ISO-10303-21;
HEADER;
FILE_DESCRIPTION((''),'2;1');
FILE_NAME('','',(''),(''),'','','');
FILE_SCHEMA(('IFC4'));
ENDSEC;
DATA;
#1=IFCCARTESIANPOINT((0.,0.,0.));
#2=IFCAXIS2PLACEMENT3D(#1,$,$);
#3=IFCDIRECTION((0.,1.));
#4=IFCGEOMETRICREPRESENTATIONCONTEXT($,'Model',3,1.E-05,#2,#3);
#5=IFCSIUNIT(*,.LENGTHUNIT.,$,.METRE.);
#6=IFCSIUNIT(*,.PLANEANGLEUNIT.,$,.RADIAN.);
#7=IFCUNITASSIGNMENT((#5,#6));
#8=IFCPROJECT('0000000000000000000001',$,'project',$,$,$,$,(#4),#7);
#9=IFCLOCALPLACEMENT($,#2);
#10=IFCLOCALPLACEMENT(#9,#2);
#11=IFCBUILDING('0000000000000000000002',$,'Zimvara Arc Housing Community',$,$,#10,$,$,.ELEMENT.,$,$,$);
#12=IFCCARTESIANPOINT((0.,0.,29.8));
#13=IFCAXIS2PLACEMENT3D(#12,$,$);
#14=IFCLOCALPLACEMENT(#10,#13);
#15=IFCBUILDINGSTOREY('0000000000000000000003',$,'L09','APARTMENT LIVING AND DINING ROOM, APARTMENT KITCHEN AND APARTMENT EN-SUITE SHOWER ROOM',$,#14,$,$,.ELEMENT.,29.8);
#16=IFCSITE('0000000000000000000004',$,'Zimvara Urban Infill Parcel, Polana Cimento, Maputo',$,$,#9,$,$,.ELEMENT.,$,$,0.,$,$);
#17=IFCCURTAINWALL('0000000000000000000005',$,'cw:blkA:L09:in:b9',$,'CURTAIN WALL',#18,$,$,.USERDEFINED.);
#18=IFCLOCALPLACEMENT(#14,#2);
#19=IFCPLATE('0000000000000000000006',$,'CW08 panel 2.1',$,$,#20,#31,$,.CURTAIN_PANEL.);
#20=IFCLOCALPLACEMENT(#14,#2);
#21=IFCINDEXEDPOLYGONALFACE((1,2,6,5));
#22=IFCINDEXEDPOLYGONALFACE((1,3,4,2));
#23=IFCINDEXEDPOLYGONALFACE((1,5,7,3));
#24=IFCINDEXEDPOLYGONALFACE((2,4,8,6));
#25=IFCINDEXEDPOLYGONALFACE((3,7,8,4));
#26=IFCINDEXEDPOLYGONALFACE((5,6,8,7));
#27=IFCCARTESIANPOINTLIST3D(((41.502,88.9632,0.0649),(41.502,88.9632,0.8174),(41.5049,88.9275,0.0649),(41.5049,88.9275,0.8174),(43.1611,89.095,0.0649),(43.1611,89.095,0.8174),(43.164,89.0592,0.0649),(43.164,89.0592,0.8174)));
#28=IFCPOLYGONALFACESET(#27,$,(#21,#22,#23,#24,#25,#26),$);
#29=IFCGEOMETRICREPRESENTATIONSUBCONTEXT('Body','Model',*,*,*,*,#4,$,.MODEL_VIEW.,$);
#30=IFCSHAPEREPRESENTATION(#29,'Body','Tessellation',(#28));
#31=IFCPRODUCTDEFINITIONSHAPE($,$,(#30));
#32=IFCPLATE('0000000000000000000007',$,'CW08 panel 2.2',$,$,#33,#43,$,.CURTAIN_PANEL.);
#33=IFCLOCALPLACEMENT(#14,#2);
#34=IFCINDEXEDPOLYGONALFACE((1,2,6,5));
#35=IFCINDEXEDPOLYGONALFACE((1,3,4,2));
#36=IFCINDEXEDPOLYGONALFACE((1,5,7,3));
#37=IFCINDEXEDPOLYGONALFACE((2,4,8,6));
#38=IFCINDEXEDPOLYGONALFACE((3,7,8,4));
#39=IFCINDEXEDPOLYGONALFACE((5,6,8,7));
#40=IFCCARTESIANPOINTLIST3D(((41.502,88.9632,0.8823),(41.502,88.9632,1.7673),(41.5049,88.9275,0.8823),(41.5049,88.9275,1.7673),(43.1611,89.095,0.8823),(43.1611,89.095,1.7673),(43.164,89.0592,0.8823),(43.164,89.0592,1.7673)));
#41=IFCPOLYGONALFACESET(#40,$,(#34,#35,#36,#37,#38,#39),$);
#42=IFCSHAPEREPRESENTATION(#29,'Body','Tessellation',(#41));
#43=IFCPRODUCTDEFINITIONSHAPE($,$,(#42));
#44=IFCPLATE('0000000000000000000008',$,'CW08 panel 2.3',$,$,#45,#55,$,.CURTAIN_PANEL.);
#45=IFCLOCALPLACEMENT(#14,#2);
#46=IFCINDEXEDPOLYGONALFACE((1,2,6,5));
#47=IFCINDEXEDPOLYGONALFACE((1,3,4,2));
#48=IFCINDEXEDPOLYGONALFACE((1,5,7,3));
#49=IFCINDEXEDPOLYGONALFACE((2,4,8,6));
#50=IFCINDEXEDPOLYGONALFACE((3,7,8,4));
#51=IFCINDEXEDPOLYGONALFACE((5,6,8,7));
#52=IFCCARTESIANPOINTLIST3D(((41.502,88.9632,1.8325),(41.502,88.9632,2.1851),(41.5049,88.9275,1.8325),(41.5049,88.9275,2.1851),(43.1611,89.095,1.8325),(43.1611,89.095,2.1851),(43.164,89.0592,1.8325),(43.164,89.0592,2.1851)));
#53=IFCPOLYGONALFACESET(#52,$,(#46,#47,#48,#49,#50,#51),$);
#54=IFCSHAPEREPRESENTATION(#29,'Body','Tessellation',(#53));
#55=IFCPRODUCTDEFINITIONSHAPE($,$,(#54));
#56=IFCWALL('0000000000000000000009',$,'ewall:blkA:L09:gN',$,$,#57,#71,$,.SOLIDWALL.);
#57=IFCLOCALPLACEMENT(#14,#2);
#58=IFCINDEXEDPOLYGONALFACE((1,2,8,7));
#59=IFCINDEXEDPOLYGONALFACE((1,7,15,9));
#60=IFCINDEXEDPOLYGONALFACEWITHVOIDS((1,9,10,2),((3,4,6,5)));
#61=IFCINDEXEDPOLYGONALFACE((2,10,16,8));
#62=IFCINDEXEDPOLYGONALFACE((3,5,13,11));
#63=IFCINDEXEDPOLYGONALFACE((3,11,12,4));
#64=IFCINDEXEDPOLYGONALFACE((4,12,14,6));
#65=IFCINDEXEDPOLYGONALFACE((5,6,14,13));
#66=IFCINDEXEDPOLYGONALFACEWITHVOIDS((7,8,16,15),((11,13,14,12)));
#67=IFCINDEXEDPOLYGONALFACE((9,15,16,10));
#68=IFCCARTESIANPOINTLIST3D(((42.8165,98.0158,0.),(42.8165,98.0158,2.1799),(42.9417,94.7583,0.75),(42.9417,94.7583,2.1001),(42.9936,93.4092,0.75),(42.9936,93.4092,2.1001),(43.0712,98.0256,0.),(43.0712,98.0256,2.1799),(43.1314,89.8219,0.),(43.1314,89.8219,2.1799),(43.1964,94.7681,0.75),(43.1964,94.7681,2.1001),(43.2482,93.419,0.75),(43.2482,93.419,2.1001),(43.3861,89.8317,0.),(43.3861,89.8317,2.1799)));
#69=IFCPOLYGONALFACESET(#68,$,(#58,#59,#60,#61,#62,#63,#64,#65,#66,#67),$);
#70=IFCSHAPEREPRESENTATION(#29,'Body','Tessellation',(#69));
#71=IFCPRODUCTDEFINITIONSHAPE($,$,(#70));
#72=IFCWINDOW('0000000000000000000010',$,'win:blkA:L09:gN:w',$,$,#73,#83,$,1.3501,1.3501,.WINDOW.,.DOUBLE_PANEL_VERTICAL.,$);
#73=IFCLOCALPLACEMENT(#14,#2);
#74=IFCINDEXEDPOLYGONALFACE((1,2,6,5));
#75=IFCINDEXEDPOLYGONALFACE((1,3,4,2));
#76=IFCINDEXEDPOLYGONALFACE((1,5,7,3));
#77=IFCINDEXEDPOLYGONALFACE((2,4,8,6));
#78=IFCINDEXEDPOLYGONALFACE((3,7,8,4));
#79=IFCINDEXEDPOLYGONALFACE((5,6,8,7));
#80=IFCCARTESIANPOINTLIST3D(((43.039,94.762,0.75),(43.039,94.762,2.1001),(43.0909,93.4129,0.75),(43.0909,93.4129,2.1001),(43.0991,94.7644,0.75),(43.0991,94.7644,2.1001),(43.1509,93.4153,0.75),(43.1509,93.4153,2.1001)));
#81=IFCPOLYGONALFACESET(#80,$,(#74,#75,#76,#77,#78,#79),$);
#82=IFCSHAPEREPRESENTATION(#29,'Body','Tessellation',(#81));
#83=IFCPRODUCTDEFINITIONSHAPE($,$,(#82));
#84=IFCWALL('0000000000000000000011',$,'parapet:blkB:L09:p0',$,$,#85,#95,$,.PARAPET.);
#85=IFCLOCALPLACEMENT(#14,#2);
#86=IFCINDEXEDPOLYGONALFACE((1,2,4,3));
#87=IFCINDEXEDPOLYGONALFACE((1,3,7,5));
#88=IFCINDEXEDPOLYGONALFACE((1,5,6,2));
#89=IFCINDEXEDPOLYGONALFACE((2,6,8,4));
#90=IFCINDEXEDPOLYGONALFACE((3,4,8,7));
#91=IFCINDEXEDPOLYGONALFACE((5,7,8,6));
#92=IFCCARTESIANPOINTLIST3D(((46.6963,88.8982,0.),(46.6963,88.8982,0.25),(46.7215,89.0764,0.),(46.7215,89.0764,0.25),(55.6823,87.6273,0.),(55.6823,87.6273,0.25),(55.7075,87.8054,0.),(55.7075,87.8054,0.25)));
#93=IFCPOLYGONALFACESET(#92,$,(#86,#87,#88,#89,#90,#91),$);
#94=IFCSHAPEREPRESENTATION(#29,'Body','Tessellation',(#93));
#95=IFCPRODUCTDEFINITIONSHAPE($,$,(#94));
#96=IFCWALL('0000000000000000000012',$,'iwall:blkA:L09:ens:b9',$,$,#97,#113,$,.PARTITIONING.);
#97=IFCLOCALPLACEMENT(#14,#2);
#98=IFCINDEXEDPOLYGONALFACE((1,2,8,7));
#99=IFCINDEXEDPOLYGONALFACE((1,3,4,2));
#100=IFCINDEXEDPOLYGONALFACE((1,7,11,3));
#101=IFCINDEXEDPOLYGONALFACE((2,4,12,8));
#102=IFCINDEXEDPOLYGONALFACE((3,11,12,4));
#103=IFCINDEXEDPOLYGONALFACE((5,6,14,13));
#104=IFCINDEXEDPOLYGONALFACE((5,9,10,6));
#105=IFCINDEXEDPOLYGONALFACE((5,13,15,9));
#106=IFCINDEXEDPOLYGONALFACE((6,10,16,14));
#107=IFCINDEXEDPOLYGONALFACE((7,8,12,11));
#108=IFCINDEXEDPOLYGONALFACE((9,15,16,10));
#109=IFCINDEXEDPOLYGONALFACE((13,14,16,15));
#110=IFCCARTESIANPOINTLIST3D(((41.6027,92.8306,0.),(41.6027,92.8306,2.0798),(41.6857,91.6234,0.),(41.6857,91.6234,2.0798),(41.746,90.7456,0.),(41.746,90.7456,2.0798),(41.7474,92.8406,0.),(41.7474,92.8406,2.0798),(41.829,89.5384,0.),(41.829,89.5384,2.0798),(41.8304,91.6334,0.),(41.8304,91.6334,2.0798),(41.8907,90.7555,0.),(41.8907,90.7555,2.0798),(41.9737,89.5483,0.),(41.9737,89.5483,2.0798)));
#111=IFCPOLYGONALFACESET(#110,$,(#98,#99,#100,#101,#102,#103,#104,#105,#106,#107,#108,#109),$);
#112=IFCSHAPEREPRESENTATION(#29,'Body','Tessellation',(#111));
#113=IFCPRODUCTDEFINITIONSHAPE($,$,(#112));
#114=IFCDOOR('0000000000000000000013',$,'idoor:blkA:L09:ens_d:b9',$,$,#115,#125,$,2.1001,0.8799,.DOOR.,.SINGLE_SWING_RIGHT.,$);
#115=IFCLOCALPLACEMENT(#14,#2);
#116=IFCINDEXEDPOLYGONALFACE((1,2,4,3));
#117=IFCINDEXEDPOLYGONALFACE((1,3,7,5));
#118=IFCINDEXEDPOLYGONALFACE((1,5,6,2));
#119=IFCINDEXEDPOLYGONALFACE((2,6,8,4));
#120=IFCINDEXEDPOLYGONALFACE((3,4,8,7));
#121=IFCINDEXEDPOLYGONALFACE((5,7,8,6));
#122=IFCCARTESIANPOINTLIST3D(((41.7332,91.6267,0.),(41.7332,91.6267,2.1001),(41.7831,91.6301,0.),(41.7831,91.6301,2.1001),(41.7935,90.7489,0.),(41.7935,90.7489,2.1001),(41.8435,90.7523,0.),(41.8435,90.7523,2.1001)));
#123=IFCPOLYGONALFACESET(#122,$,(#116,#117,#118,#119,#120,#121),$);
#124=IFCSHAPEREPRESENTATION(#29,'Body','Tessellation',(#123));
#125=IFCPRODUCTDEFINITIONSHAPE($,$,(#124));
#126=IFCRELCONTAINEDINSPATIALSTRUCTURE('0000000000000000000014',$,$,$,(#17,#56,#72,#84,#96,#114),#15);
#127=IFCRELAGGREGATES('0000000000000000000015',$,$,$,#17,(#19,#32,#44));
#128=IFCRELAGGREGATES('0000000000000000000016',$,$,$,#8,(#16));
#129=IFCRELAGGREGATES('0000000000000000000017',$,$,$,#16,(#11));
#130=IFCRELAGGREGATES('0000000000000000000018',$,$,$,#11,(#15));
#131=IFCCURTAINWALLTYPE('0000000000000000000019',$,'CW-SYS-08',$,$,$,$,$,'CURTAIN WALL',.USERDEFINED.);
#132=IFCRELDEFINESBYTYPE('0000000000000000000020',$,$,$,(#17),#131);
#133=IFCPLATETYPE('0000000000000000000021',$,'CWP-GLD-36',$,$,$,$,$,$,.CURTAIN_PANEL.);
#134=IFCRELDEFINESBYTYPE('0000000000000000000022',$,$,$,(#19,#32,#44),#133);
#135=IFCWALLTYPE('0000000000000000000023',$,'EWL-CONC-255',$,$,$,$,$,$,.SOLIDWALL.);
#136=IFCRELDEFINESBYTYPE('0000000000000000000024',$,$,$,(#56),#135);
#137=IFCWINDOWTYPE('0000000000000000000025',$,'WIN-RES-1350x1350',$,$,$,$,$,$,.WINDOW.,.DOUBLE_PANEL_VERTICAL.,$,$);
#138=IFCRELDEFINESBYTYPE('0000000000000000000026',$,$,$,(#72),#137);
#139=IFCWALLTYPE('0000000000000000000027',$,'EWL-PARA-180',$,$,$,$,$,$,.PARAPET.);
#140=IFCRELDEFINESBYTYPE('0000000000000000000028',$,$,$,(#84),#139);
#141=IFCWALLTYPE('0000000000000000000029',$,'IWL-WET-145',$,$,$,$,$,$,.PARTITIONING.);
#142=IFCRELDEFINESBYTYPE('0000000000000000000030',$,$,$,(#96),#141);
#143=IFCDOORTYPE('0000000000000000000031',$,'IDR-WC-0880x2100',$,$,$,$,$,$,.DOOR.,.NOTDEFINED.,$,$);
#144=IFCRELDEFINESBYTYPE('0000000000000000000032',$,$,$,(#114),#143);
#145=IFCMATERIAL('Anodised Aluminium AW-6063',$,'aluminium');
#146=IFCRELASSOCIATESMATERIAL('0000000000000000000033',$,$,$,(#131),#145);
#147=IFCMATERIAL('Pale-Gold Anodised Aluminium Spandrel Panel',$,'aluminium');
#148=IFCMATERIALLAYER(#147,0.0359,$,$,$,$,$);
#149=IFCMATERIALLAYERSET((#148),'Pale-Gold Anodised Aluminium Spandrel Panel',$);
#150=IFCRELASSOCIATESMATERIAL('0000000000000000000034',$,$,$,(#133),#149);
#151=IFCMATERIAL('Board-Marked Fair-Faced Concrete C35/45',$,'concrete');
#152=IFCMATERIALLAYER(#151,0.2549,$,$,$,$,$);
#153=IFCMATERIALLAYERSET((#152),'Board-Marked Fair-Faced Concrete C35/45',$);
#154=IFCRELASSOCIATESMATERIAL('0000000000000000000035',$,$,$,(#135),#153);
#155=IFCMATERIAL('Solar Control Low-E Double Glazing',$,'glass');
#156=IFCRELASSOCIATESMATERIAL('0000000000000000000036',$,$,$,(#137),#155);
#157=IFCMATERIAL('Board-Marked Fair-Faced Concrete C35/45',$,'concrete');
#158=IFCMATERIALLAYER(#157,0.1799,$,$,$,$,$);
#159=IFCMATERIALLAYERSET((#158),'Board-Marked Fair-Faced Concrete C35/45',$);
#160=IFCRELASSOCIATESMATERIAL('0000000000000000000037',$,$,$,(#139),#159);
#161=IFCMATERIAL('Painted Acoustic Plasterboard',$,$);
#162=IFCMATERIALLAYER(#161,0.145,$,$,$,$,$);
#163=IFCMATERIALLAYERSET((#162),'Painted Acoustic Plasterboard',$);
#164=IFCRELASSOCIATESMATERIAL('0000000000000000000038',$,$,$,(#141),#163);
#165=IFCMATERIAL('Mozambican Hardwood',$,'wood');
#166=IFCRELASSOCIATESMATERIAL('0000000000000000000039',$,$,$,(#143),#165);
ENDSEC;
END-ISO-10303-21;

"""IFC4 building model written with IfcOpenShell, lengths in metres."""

from ifc_helpers import new_model, si_unit, direction, frame, frame_2d, origin, origin_2d, place, context, subcontext, project, spatial, rectangle, extrude, material, layer, layer_set, type_object, element, fill, aggregate, save


model = new_model("IFC4")

# Units and contexts
model_context = context("Model", 3, precision=1e-05, world=origin(), true_north=direction((0.0, 1.0)))
body_context = subcontext(model_context, "Body", "Model", "MODEL_VIEW")
ifc_project = project(units=[si_unit("LENGTHUNIT", "METRE"), si_unit("PLANEANGLEUNIT", "RADIAN")], contexts=[model_context])

# Site, building, storey
site_placement = place(None, origin())
site = spatial("IfcSite", under=ifc_project, at=site_placement, Name="Zimvara Urban Infill Parcel, Polana Cimento, Maputo", CompositionType="ELEMENT", RefElevation=0.0)
building_placement = place(site_placement, origin())
building = spatial("IfcBuilding", under=site, at=building_placement, Name="Zimvara Arc Housing Community", CompositionType="ELEMENT")
storey_placement = place(building_placement, frame((0.0, 0.0, 29.8)))
storey = spatial("IfcBuildingStorey", under=building, at=storey_placement, Name="L09", Description="APARTMENT LIVING AND DINING ROOM, APARTMENT KITCHEN AND APARTMENT EN-SUITE SHOWER ROOM", CompositionType="ELEMENT", Elevation=29.8)

# Curtain wall
ifc_material_1 = material(Name="Anodised Aluminium AW-6063", Category="aluminium")
curtain_wall_type_1 = type_object("IfcCurtainWallType", Name="CW-SYS-08", ElementType="CURTAIN WALL", PredefinedType="USERDEFINED", material=ifc_material_1)
curtain_wall_1_placement = place(storey_placement, origin())
curtain_wall_1 = element("IfcCurtainWall", 1, at=curtain_wall_1_placement, inside=storey, type_object=curtain_wall_type_1, Name="cw:blkA:L09:in:b9", ObjectType="CURTAIN WALL", PredefinedType="USERDEFINED")

# Plates
ifc_material_2 = material(Name="Pale-Gold Anodised Aluminium Spandrel Panel", Category="aluminium")
ifc_layer_1 = layer(ifc_material_2, 0.0359)
ifc_layer_set_1 = layer_set([ifc_layer_1], Name="Pale-Gold Anodised Aluminium Spandrel Panel")
plate_type = type_object("IfcPlateType", Name="CWP-GLD-36", PredefinedType="CURTAIN_PANEL", material=ifc_layer_set_1)
plate_1_placement = place(storey_placement, frame((42.333, 89.0112, 0.0649), z_axis=(0.0, 0.0, 1.0), x_axis=(0.996862, 0.079155, 0.0)))
plate_1 = element("IfcPlate", 2, at=plate_1_placement, type_object=plate_type, Name="CW08 panel 2.1", PredefinedType="CURTAIN_PANEL", context=body_context, shape_type="SweptSolid", body=[
    extrude(rectangle(XDim=1.6643, YDim=0.0359, at=origin_2d()), origin(), (0.0, 0.0, 1.0), 0.7524),
])
plate_2_placement = place(storey_placement, frame((42.333, 89.0112, 0.8823), z_axis=(0.0, 0.0, 1.0), x_axis=(0.996862, 0.079155, 0.0)))
plate_2 = element("IfcPlate", 3, at=plate_2_placement, type_object=plate_type, Name="CW08 panel 2.2", PredefinedType="CURTAIN_PANEL", context=body_context, shape_type="SweptSolid", body=[
    extrude(rectangle(XDim=1.6643, YDim=0.0359, at=origin_2d()), origin(), (0.0, 0.0, 1.0), 0.885),
])
plate_3_placement = place(storey_placement, frame((42.333, 89.0112, 1.8325), z_axis=(0.0, 0.0, 1.0), x_axis=(0.996862, 0.079155, 0.0)))
plate_3 = element("IfcPlate", 4, at=plate_3_placement, type_object=plate_type, Name="CW08 panel 2.3", PredefinedType="CURTAIN_PANEL", context=body_context, shape_type="SweptSolid", body=[
    extrude(rectangle(XDim=1.6643, YDim=0.0359, at=origin_2d()), origin(), (0.0, 0.0, 1.0), 0.3525),
])
aggregate(curtain_wall_1, [plate_1, plate_2, plate_3])

# Wall, opening, window
ifc_material_3 = material(Name="Board-Marked Fair-Faced Concrete C35/45", Category="concrete")
ifc_layer_2 = layer(ifc_material_3, 0.2549)
ifc_layer_set_2 = layer_set([ifc_layer_2], Name="Board-Marked Fair-Faced Concrete C35/45")
wall_type_1 = type_object("IfcWallType", Name="EWL-CONC-255", PredefinedType="SOLIDWALL", material=ifc_layer_set_2)
wall_1_placement = place(storey_placement, frame((43.2588, 89.8267, 0.0), z_axis=(0.0, 0.0, 1.0), x_axis=(-0.038408, 0.999262, 0.0)))
wall_1 = element("IfcWall", 5, at=wall_1_placement, inside=storey, type_object=wall_type_1, Name="ewall:blkA:L09:gN", PredefinedType="SOLIDWALL", context=body_context, shape_type="SweptSolid", body=[
    extrude(rectangle(XDim=8.2, YDim=0.2549, at=frame_2d((4.1001, 0.0))), origin(), (0.0, 0.0, 1.0), 2.1799),
])
opening_1_placement = place(wall_1_placement, frame((3.5901, 0.0, 0.75)))
opening_1 = element("IfcOpeningElement", 6, at=opening_1_placement, cuts=wall_1, PredefinedType="OPENING", context=body_context, shape_type="SweptSolid", body=[
    extrude(rectangle(XDim=1.3501, YDim=1.3501, at=frame_2d((0.675, 0.675))), frame((0.0, 0.1375, 0.0), z_axis=(0.0, -1.0, 0.0), x_axis=(1.0, 0.0, 0.0)), (0.0, 0.0, 1.0), 0.2749),
])
ifc_material_4 = material(Name="Solar Control Low-E Double Glazing", Category="glass")
window_type = type_object("IfcWindowType", Name="WIN-RES-1350x1350", PartitioningType="DOUBLE_PANEL_VERTICAL", PredefinedType="WINDOW", material=ifc_material_4)
window_placement = place(opening_1_placement, origin())
window = element("IfcWindow", 7, at=window_placement, inside=storey, type_object=window_type, Name="win:blkA:L09:gN:w", OverallHeight=1.3501, OverallWidth=1.3501, PartitioningType="DOUBLE_PANEL_VERTICAL", PredefinedType="WINDOW", context=body_context, shape_type="SweptSolid", body=[
    extrude(rectangle(XDim=1.3501, YDim=1.3501, at=frame_2d((0.675, 0.675))), frame((0.0, 0.03, 0.0), z_axis=(0.0, -1.0, 0.0), x_axis=(1.0, 0.0, 0.0)), (0.0, 0.0, 1.0), 0.0601),
])
fill(opening_1, window)

# Wall
ifc_material_5 = material(Name="Board-Marked Fair-Faced Concrete C35/45", Category="concrete")
ifc_layer_3 = layer(ifc_material_5, 0.1799)
ifc_layer_set_3 = layer_set([ifc_layer_3], Name="Board-Marked Fair-Faced Concrete C35/45")
wall_type_2 = type_object("IfcWallType", Name="EWL-PARA-180", PredefinedType="PARAPET", material=ifc_layer_set_3)
wall_2_placement = place(storey_placement, frame((46.709, 88.9873, 0.0), z_axis=(0.0, 0.0, 1.0), x_axis=(0.990145, -0.140047, 0.0)))
element("IfcWall", 8, at=wall_2_placement, inside=storey, type_object=wall_type_2, Name="parapet:blkB:L09:p0", PredefinedType="PARAPET", context=body_context, shape_type="SweptSolid", body=[
    extrude(rectangle(XDim=9.0754, YDim=0.1799, at=frame_2d((4.5376, 0.0))), origin(), (0.0, 0.0, 1.0), 0.25),
])

# Wall, opening, door
ifc_material_6 = material(Name="Painted Acoustic Plasterboard")
ifc_layer_4 = layer(ifc_material_6, 0.145)
ifc_layer_set_4 = layer_set([ifc_layer_4], Name="Painted Acoustic Plasterboard")
wall_type_3 = type_object("IfcWallType", Name="IWL-WET-145", PredefinedType="PARTITIONING", material=ifc_layer_set_4)
wall_3_placement = place(storey_placement, frame((41.9014, 89.5435, 0.0), z_axis=(0.0, 0.0, 1.0), x_axis=(-0.068581, 0.997646, 0.0)))
wall_3 = element("IfcWall", 9, at=wall_3_placement, inside=storey, type_object=wall_type_3, Name="iwall:blkA:L09:ens:b9", PredefinedType="PARTITIONING", context=body_context, shape_type="SweptSolid", body=[
    extrude(rectangle(XDim=3.3, YDim=0.145, at=frame_2d((1.6499, 0.0))), origin(), (0.0, 0.0, 1.0), 2.0798),
])
opening_2_placement = place(wall_3_placement, frame((1.21, 0.0, 0.0)))
opening_2 = element("IfcOpeningElement", 10, at=opening_2_placement, cuts=wall_3, PredefinedType="OPENING", context=body_context, shape_type="SweptSolid", body=[
    extrude(rectangle(XDim=0.8799, YDim=2.1001, at=frame_2d((0.4399, 1.05))), frame((0.0, 0.0825, 0.0), z_axis=(0.0, -1.0, 0.0), x_axis=(1.0, 0.0, 0.0)), (0.0, 0.0, 1.0), 0.165),
])
ifc_material_7 = material(Name="Mozambican Hardwood", Category="wood")
door_type = type_object("IfcDoorType", Name="IDR-WC-0880x2100", OperationType="NOTDEFINED", PredefinedType="DOOR", material=ifc_material_7)
door_placement = place(opening_2_placement, origin())
door = element("IfcDoor", 11, at=door_placement, inside=storey, type_object=door_type, Name="idoor:blkA:L09:ens_d:b9", OperationType="SINGLE_SWING_RIGHT", OverallHeight=2.1001, OverallWidth=0.8799, PredefinedType="DOOR", context=body_context, shape_type="SweptSolid", body=[
    extrude(rectangle(XDim=0.8799, YDim=2.1001, at=frame_2d((0.4399, 1.05))), frame((0.0, 0.0249, 0.0), z_axis=(0.0, -1.0, 0.0), x_axis=(1.0, 0.0, 0.0)), (0.0, 0.0, 1.0), 0.05),
])
fill(opening_2, door)

save(model, "model.ifc")
